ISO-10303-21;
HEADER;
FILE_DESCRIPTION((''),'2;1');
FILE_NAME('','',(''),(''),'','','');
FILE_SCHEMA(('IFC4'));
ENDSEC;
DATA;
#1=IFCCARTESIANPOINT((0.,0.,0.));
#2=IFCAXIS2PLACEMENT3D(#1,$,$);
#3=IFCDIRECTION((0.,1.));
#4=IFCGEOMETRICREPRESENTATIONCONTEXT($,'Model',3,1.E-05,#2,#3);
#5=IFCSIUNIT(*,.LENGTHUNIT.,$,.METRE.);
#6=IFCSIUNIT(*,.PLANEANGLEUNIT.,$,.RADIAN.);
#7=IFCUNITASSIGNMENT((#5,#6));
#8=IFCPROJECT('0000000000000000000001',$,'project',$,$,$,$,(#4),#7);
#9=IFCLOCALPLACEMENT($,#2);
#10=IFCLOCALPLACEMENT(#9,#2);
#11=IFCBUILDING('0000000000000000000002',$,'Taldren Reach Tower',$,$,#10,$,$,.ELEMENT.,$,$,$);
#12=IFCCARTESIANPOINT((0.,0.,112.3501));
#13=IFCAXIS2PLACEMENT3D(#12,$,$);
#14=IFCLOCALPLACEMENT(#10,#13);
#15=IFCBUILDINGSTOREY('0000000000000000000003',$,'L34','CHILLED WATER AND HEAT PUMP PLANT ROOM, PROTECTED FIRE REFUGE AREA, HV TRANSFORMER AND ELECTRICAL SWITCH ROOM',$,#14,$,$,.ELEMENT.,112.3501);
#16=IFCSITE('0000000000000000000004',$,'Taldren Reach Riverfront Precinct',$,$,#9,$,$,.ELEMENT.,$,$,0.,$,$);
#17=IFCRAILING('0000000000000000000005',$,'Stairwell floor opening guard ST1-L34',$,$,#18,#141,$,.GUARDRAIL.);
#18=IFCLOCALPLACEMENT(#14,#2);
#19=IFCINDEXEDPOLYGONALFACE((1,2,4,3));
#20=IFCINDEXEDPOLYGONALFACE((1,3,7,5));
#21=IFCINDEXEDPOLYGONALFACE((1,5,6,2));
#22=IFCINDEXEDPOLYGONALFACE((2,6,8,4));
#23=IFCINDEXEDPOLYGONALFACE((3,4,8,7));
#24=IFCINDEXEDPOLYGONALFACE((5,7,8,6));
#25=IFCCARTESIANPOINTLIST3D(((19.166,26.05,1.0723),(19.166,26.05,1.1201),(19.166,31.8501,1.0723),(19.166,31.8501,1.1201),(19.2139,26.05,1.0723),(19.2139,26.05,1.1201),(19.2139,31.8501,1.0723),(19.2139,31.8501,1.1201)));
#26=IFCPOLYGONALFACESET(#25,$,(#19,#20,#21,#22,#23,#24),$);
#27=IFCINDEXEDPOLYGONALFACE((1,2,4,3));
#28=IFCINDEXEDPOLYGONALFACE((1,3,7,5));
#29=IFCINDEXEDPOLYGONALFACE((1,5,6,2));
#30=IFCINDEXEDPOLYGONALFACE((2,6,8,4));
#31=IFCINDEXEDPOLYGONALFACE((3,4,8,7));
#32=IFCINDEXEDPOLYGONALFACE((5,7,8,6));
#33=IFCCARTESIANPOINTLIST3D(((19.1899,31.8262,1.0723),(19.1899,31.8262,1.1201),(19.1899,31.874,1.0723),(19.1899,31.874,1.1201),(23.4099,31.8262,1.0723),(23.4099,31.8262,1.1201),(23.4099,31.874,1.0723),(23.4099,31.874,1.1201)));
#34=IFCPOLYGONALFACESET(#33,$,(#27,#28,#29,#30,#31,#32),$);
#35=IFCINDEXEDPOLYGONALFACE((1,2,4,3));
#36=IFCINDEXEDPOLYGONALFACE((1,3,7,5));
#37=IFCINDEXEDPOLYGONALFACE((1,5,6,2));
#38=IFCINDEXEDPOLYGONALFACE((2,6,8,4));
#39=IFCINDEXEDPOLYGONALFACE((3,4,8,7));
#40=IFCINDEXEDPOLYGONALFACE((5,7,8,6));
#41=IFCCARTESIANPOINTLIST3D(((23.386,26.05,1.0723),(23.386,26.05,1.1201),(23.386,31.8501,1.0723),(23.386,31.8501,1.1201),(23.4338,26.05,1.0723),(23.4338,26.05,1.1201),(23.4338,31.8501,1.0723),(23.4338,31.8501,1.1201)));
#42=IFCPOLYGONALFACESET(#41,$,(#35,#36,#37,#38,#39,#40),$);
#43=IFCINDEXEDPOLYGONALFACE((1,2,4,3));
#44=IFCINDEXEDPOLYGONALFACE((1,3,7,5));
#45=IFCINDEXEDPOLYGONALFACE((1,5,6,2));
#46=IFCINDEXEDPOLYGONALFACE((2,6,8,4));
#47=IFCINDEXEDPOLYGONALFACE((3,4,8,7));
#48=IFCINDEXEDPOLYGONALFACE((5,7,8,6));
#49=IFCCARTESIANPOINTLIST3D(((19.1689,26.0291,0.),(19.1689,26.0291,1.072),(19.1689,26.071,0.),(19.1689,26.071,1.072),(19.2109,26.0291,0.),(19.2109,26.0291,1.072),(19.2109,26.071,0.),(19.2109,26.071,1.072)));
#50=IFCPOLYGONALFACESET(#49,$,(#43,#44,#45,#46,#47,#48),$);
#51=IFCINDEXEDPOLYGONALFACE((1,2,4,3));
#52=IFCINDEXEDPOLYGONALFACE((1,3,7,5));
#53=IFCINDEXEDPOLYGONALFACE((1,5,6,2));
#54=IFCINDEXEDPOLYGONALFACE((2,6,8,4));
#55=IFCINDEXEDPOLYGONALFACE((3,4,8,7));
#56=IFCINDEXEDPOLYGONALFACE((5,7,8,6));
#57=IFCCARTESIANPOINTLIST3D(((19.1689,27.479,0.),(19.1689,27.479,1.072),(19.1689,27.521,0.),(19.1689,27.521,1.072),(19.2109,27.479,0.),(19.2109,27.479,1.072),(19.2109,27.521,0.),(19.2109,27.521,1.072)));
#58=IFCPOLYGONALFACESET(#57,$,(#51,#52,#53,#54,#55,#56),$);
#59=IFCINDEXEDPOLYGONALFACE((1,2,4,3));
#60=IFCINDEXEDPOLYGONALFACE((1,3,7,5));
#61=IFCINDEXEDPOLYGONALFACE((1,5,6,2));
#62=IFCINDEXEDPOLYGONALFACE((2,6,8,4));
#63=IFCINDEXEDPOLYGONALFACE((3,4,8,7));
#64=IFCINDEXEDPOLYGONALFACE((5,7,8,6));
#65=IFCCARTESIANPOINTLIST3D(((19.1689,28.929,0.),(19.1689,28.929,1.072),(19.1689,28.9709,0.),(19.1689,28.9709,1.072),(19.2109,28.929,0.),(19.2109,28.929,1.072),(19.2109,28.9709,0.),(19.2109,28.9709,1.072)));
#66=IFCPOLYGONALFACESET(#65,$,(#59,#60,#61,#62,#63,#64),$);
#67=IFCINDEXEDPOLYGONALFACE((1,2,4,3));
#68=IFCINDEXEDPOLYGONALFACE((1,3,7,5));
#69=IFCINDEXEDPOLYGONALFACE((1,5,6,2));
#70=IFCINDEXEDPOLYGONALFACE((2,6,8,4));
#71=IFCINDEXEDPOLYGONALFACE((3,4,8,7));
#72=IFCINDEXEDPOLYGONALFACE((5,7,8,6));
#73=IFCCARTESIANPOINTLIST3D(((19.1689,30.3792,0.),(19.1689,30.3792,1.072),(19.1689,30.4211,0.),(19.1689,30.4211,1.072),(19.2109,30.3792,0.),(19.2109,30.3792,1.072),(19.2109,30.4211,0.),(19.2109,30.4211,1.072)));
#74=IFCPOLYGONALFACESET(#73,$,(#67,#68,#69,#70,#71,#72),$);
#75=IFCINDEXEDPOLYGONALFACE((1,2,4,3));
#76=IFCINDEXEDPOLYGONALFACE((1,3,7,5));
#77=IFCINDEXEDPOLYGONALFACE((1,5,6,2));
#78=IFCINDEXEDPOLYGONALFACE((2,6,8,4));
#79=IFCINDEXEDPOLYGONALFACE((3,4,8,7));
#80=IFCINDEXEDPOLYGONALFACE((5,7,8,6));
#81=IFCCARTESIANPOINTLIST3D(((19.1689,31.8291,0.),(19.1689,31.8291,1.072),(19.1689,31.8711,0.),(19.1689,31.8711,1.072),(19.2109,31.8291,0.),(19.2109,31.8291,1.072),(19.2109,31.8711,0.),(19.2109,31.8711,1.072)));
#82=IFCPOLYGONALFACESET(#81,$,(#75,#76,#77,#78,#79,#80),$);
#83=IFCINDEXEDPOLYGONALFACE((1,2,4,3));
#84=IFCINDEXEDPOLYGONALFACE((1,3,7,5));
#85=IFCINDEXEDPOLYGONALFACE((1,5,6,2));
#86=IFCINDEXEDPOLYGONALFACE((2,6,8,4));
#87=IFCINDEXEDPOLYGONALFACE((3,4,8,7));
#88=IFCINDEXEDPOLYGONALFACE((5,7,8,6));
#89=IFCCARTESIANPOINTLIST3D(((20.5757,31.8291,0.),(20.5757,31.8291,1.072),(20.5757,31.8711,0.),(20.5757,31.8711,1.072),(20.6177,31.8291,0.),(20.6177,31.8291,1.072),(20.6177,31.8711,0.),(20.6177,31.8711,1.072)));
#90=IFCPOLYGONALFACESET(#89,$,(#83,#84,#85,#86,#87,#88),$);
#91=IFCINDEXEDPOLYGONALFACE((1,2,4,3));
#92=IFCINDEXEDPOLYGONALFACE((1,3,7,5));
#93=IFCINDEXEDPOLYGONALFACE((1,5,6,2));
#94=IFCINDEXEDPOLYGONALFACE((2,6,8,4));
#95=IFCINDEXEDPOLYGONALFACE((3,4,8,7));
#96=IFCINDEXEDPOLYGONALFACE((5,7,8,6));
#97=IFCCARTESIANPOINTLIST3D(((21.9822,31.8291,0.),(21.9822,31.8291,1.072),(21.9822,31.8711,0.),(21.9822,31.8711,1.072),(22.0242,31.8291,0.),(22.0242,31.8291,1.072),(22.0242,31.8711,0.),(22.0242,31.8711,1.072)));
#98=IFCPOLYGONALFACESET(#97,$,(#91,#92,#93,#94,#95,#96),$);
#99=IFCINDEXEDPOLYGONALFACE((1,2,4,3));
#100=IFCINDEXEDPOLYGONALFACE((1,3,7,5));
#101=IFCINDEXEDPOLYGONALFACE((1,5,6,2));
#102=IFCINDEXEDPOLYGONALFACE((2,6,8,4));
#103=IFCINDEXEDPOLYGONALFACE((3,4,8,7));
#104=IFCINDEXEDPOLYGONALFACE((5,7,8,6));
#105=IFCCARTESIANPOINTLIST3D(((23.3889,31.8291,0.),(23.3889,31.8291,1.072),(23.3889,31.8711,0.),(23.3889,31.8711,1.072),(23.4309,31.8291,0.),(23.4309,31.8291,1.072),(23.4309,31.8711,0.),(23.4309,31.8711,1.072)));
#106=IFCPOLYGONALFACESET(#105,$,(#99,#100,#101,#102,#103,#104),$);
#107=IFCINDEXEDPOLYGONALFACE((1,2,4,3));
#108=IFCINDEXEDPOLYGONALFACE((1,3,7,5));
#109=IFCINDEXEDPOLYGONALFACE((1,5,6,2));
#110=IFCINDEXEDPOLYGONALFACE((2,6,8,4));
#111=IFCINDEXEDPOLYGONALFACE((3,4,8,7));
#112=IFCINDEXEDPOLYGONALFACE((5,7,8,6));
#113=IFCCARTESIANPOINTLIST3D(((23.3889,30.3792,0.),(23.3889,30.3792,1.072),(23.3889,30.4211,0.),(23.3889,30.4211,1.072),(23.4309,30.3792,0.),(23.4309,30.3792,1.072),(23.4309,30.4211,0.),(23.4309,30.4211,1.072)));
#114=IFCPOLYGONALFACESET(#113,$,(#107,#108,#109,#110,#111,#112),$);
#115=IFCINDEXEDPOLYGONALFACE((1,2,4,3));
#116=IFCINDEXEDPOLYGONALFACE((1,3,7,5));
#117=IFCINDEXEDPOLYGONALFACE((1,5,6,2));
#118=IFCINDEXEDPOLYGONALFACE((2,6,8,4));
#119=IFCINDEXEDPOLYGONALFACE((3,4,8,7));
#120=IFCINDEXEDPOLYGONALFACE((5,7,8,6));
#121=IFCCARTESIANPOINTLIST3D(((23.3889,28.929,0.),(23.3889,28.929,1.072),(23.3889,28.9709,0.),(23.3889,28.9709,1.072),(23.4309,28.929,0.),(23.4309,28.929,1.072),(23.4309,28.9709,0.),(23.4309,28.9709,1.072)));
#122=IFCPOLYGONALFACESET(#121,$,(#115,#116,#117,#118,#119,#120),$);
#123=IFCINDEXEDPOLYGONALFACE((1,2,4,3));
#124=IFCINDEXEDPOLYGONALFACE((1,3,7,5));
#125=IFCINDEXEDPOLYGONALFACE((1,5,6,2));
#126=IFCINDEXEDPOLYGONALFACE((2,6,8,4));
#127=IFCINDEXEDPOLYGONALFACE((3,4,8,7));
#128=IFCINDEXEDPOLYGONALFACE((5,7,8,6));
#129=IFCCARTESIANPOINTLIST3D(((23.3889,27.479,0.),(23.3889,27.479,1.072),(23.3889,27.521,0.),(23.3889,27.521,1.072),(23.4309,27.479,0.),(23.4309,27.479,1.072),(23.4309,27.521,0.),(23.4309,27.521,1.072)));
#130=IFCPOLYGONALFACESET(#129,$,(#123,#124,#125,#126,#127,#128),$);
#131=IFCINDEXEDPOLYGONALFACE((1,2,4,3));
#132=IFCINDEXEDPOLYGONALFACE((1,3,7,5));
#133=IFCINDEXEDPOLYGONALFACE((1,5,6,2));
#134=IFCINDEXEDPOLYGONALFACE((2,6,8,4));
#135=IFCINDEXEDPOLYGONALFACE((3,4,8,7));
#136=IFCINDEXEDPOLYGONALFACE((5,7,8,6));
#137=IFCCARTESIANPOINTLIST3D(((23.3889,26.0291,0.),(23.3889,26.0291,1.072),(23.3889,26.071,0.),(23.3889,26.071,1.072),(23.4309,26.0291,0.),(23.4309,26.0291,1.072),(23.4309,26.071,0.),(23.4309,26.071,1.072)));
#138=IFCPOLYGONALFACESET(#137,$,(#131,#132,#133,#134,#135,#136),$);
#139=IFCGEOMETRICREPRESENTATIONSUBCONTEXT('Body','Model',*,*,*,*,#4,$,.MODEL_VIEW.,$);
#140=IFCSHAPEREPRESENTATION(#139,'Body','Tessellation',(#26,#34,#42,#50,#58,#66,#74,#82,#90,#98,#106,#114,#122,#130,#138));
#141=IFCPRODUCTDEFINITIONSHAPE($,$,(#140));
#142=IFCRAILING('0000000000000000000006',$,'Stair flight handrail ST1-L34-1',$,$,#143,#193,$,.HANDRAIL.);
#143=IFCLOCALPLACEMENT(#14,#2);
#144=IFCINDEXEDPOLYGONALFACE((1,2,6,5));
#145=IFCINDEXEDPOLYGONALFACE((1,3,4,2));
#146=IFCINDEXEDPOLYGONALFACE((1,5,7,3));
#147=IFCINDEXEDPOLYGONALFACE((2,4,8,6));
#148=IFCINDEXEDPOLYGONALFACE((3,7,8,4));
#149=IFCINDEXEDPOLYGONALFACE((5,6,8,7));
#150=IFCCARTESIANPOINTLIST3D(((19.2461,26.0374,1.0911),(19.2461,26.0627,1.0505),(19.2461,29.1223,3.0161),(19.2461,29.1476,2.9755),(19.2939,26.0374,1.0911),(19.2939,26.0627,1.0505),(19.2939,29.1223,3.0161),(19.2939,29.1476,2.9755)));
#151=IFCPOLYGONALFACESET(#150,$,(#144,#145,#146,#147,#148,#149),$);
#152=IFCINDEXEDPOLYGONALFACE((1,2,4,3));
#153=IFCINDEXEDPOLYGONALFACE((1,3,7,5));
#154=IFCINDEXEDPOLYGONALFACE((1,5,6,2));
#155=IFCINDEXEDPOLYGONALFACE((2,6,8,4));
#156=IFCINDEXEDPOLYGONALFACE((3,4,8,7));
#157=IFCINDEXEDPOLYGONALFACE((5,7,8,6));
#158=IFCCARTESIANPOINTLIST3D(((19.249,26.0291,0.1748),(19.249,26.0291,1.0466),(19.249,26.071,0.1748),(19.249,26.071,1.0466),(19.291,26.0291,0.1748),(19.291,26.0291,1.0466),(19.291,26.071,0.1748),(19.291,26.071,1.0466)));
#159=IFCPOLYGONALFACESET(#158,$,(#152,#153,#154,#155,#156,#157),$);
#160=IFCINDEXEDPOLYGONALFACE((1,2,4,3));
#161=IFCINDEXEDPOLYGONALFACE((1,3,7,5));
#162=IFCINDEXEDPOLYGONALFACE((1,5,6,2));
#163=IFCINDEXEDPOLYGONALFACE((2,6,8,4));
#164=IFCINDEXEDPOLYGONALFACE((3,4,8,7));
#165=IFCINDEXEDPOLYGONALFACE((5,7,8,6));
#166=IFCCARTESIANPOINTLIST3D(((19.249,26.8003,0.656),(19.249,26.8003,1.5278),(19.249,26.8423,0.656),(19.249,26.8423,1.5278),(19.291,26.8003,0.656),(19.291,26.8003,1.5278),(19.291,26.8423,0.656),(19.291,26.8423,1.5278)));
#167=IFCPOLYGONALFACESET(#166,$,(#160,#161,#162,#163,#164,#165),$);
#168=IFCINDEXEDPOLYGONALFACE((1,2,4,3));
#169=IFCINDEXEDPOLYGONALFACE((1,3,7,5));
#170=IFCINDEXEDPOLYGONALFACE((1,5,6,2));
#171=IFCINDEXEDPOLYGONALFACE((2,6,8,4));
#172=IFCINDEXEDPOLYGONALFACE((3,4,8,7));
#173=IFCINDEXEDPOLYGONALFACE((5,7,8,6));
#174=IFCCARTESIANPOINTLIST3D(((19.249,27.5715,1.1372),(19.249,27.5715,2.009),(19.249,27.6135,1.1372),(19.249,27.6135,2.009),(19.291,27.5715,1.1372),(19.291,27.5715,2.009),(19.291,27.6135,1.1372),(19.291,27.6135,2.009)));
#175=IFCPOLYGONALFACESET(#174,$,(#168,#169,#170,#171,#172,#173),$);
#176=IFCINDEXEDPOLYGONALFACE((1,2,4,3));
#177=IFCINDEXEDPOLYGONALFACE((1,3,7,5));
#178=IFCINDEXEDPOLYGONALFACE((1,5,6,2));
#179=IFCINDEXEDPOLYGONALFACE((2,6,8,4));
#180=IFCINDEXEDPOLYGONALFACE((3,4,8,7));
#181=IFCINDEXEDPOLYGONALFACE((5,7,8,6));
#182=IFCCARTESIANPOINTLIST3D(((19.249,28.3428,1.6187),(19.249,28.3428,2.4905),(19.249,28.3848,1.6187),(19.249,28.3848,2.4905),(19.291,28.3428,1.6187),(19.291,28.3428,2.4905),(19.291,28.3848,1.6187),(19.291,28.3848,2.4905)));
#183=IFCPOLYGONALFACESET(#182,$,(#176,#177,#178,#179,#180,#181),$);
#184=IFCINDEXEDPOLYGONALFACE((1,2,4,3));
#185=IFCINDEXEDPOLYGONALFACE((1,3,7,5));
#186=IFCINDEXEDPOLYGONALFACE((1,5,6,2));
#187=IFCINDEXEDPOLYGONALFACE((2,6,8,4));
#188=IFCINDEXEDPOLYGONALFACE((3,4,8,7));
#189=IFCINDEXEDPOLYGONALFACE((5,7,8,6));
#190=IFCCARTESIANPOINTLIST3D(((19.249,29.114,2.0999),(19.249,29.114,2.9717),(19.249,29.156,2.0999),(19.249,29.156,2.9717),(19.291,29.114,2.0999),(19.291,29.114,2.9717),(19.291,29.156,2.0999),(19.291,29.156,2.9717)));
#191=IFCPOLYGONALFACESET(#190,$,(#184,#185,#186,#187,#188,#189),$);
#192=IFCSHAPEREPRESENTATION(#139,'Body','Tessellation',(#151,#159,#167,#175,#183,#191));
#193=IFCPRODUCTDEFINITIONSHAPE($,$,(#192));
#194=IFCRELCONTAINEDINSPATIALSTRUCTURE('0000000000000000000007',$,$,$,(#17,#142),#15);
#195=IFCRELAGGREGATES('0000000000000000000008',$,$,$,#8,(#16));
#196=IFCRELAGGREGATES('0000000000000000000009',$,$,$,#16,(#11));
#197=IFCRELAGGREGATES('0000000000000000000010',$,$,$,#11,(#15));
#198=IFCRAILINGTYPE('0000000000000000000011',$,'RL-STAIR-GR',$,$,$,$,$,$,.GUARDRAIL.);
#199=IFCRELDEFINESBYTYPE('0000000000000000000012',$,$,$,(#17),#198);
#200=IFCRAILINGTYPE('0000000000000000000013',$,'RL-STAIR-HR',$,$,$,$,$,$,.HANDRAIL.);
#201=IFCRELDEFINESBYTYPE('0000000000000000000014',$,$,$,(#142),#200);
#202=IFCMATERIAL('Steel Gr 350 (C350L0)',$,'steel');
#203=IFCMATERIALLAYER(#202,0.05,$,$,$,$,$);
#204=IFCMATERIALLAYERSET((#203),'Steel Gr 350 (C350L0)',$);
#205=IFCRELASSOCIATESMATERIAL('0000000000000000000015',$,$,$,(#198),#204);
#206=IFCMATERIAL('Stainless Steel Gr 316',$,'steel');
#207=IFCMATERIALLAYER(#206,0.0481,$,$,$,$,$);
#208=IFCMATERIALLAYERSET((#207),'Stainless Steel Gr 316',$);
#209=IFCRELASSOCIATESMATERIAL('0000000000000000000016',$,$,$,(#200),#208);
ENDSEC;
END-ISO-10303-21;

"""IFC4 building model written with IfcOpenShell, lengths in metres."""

from ifc_helpers import new_model, si_unit, direction, frame, origin, origin_2d, place, context, subcontext, project, spatial, rectangle, extrude, material, layer, layer_set, type_object, element, save


model = new_model("IFC4")

# Units and contexts
model_context = context("Model", 3, precision=1e-05, world=origin(), true_north=direction((0.0, 1.0)))
body_context = subcontext(model_context, "Body", "Model", "MODEL_VIEW")
ifc_project = project(units=[si_unit("LENGTHUNIT", "METRE"), si_unit("PLANEANGLEUNIT", "RADIAN")], contexts=[model_context])

# Site, building, storey
site_placement = place(None, origin())
site = spatial("IfcSite", under=ifc_project, at=site_placement, Name="Taldren Reach Riverfront Precinct", CompositionType="ELEMENT", RefElevation=0.0)
building_placement = place(site_placement, origin())
building = spatial("IfcBuilding", under=site, at=building_placement, Name="Taldren Reach Tower", CompositionType="ELEMENT")
storey_placement = place(building_placement, frame((0.0, 0.0, 112.3501)))
storey = spatial("IfcBuildingStorey", under=building, at=storey_placement, Name="L34", Description="CHILLED WATER AND HEAT PUMP PLANT ROOM, PROTECTED FIRE REFUGE AREA, HV TRANSFORMER AND ELECTRICAL SWITCH ROOM", CompositionType="ELEMENT", Elevation=112.3501)

# Shared definitions
ifc_material_1 = material(Name="Steel Gr 350 (C350L0)", Category="steel")

# Railings
ifc_layer_1 = layer(ifc_material_1, 0.05)
ifc_layer_set_1 = layer_set([ifc_layer_1], Name="Steel Gr 350 (C350L0)")
railing_type_1 = type_object("IfcRailingType", Name="RL-STAIR-GR", PredefinedType="GUARDRAIL", material=ifc_layer_set_1)
railing_1_placement = place(storey_placement, frame((19.1899, 26.05, 0.0)))
element("IfcRailing", 1, at=railing_1_placement, inside=storey, type_object=railing_type_1, Name="Stairwell floor opening guard ST1-L34", PredefinedType="GUARDRAIL", context=body_context, shape_type="SweptSolid", body=[
    extrude(rectangle(XDim=0.0479, YDim=0.0479, at=origin_2d()), frame((0.0, 0.0, 1.0962), z_axis=(0.0, 1.0, 0.0), x_axis=(-1.0, 0.0, 0.0)), (0.0, 0.0, 1.0), 5.8),
    extrude(rectangle(XDim=0.0479, YDim=0.0479, at=origin_2d()), frame((0.0, 5.8, 1.0962), z_axis=(1.0, 0.0, 0.0), x_axis=(0.0, 1.0, 0.0)), (0.0, 0.0, 1.0), 4.22),
    extrude(rectangle(XDim=0.0479, YDim=0.0479, at=origin_2d()), frame((4.22, 5.8, 1.0962), z_axis=(0.0, -1.0, 0.0), x_axis=(1.0, 0.0, 0.0)), (0.0, 0.0, 1.0), 5.8),
    extrude(rectangle(XDim=0.042, YDim=0.042, at=origin_2d()), origin(), (0.0, 0.0, 1.0), 1.072),
    extrude(rectangle(XDim=0.042, YDim=0.042, at=origin_2d()), frame((0.0, 1.45, 0.0)), (0.0, 0.0, 1.0), 1.072),
    extrude(rectangle(XDim=0.042, YDim=0.042, at=origin_2d()), frame((0.0, 2.8999, 0.0)), (0.0, 0.0, 1.0), 1.072),
    extrude(rectangle(XDim=0.042, YDim=0.042, at=origin_2d()), frame((0.0, 4.3501, 0.0)), (0.0, 0.0, 1.0), 1.072),
    extrude(rectangle(XDim=0.042, YDim=0.042, at=origin_2d()), frame((0.0, 5.8, 0.0)), (0.0, 0.0, 1.0), 1.072),
    extrude(rectangle(XDim=0.042, YDim=0.042, at=origin_2d()), frame((1.4067, 5.8, 0.0)), (0.0, 0.0, 1.0), 1.072),
    extrude(rectangle(XDim=0.042, YDim=0.042, at=origin_2d()), frame((2.8132, 5.8, 0.0)), (0.0, 0.0, 1.0), 1.072),
    extrude(rectangle(XDim=0.042, YDim=0.042, at=origin_2d()), frame((4.22, 5.8, 0.0)), (0.0, 0.0, 1.0), 1.072),
    extrude(rectangle(XDim=0.042, YDim=0.042, at=origin_2d()), frame((4.22, 4.3501, 0.0)), (0.0, 0.0, 1.0), 1.072),
    extrude(rectangle(XDim=0.042, YDim=0.042, at=origin_2d()), frame((4.22, 2.8999, 0.0)), (0.0, 0.0, 1.0), 1.072),
    extrude(rectangle(XDim=0.042, YDim=0.042, at=origin_2d()), frame((4.22, 1.45, 0.0)), (0.0, 0.0, 1.0), 1.072),
    extrude(rectangle(XDim=0.042, YDim=0.042, at=origin_2d()), frame((4.22, 0.0, 0.0)), (0.0, 0.0, 1.0), 1.072),
])
ifc_material_2 = material(Name="Stainless Steel Gr 316", Category="steel")
ifc_layer_2 = layer(ifc_material_2, 0.0481)
ifc_layer_set_2 = layer_set([ifc_layer_2], Name="Stainless Steel Gr 316")
railing_type_2 = type_object("IfcRailingType", Name="RL-STAIR-HR", PredefinedType="HANDRAIL", material=ifc_layer_set_2)
railing_2_placement = place(storey_placement, frame((19.27, 26.05, 0.1748)))
element("IfcRailing", 2, at=railing_2_placement, inside=storey, type_object=railing_type_2, Name="Stair flight handrail ST1-L34-1", PredefinedType="HANDRAIL", context=body_context, shape_type="SweptSolid", body=[
    extrude(rectangle(XDim=0.0479, YDim=0.0479, at=origin_2d()), frame((0.0, 0.0, 0.896), z_axis=(0.0, 0.848375, 0.529395), x_axis=(-1.0, 0.0, 0.0)), (0.0, 0.0, 1.0), 3.6362),
    extrude(rectangle(XDim=0.042, YDim=0.042, at=origin_2d()), origin(), (0.0, 0.0, 1.0), 0.8718),
    extrude(rectangle(XDim=0.042, YDim=0.042, at=origin_2d()), frame((0.0, 0.7712, 0.4812)), (0.0, 0.0, 1.0), 0.8718),
    extrude(rectangle(XDim=0.042, YDim=0.042, at=origin_2d()), frame((0.0, 1.5425, 0.9624)), (0.0, 0.0, 1.0), 0.8718),
    extrude(rectangle(XDim=0.042, YDim=0.042, at=origin_2d()), frame((0.0, 2.3137, 1.4438)), (0.0, 0.0, 1.0), 0.8718),
    extrude(rectangle(XDim=0.042, YDim=0.042, at=origin_2d()), frame((0.0, 3.085, 1.925)), (0.0, 0.0, 1.0), 0.8718),
])

save(model, "model.ifc")
